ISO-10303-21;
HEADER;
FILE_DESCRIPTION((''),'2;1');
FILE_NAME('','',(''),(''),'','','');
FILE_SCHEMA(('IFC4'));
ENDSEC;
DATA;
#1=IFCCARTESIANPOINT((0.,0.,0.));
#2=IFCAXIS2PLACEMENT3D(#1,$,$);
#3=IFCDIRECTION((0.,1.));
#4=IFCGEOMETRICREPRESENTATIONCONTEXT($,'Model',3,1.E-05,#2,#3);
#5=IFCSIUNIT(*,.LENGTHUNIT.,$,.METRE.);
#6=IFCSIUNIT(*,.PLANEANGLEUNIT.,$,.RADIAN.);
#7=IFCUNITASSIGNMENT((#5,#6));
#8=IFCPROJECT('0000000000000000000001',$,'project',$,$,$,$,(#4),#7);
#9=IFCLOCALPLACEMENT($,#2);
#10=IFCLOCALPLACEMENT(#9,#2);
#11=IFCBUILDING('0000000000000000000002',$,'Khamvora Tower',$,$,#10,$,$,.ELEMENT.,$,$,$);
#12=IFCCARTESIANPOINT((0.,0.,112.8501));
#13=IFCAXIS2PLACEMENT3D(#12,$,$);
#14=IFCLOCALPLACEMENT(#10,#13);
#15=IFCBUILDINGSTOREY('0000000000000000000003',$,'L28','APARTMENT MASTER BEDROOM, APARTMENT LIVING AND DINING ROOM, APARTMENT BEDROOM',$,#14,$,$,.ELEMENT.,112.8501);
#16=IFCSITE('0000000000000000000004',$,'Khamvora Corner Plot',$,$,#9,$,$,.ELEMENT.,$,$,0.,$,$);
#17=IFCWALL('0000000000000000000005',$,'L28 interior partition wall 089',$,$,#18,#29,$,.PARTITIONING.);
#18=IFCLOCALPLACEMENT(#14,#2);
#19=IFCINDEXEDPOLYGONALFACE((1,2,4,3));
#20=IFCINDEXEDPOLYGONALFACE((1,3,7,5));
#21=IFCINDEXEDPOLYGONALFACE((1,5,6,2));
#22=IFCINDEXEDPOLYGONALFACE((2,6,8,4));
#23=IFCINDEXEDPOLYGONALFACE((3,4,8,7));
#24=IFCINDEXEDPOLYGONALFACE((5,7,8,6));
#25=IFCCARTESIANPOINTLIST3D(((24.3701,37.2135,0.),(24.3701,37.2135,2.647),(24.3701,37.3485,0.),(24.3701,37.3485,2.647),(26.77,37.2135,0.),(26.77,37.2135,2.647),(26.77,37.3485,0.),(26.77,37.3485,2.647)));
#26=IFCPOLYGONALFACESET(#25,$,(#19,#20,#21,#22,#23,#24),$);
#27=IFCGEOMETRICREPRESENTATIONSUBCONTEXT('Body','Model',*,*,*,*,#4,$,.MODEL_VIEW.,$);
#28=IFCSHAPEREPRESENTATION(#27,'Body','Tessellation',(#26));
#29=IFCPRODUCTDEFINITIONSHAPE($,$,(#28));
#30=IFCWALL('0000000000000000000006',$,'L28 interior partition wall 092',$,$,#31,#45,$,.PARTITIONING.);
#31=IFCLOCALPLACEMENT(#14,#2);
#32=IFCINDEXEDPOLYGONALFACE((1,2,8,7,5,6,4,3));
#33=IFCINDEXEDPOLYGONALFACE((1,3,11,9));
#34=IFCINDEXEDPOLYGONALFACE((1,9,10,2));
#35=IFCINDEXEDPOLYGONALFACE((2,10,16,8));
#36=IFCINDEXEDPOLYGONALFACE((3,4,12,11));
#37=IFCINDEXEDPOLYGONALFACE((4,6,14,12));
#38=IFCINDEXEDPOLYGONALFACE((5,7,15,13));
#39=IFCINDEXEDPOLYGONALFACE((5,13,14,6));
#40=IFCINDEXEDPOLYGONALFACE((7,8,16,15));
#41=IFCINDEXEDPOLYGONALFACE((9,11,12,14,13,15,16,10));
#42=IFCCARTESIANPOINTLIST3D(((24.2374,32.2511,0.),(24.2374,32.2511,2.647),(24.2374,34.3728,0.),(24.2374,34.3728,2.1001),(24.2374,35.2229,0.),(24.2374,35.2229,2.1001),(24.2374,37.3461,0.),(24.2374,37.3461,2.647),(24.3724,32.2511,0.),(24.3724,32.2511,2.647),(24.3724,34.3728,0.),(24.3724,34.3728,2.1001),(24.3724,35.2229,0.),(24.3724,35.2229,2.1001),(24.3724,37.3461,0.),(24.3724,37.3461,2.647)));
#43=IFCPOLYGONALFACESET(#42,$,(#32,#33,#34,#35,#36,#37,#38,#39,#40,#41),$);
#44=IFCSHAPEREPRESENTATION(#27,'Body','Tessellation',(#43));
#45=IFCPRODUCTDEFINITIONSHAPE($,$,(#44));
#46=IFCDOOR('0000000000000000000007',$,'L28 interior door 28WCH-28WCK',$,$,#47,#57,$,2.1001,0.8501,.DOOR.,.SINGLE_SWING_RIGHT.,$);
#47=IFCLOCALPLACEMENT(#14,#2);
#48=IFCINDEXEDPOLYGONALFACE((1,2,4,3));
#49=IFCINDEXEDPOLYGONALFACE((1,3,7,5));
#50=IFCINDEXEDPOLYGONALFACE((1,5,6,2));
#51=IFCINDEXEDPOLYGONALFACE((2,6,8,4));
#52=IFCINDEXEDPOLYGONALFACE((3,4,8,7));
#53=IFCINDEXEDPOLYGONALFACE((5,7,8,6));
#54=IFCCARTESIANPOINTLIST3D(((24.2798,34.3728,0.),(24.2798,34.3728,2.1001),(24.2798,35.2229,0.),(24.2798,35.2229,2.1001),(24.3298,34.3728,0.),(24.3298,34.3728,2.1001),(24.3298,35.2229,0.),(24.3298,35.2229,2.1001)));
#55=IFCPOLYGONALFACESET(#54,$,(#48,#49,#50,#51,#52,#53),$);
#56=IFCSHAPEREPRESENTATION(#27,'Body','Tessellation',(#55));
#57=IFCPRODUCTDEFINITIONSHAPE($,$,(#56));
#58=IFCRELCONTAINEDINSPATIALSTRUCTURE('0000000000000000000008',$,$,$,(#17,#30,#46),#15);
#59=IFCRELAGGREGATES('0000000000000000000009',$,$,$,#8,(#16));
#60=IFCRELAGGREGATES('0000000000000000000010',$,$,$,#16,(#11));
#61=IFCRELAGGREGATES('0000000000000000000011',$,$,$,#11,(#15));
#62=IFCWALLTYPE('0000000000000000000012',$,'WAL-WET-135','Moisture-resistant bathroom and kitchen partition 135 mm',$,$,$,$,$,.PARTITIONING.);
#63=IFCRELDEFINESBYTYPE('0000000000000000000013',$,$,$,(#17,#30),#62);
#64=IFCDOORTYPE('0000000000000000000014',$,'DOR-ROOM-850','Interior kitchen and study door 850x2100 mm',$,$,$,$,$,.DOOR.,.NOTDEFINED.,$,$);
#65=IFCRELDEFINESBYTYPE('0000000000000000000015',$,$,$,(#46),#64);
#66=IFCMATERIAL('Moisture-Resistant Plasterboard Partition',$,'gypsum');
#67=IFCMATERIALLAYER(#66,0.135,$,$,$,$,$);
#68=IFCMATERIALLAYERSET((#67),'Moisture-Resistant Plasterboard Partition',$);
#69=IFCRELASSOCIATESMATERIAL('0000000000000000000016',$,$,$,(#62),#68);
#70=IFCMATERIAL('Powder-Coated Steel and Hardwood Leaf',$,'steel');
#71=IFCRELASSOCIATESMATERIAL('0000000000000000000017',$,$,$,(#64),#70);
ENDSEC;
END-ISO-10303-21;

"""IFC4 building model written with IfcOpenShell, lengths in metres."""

from ifc_helpers import new_model, si_unit, direction, frame, frame_2d, origin, place, context, subcontext, project, spatial, rectangle, extrude, material, layer, layer_set, type_object, element, fill, save


model = new_model("IFC4")

# Units and contexts
model_context = context("Model", 3, precision=1e-05, world=origin(), true_north=direction((0.0, 1.0)))
body_context = subcontext(model_context, "Body", "Model", "MODEL_VIEW")
ifc_project = project(units=[si_unit("LENGTHUNIT", "METRE"), si_unit("PLANEANGLEUNIT", "RADIAN")], contexts=[model_context])

# Site, building, storey
site_placement = place(None, origin())
site = spatial("IfcSite", under=ifc_project, at=site_placement, Name="Khamvora Corner Plot", CompositionType="ELEMENT", RefElevation=0.0)
building_placement = place(site_placement, origin())
building = spatial("IfcBuilding", under=site, at=building_placement, Name="Khamvora Tower", CompositionType="ELEMENT")
storey_placement = place(building_placement, frame((0.0, 0.0, 112.8501)))
storey = spatial("IfcBuildingStorey", under=building, at=storey_placement, Name="L28", Description="APARTMENT MASTER BEDROOM, APARTMENT LIVING AND DINING ROOM, APARTMENT BEDROOM", CompositionType="ELEMENT", Elevation=112.8501)

# Shared definitions
ifc_material_1 = material(Name="Powder-Coated Steel and Hardwood Leaf", Category="steel")

# Wall
ifc_material_2 = material(Name="Moisture-Resistant Plasterboard Partition", Category="gypsum")
ifc_layer_1 = layer(ifc_material_2, 0.135)
ifc_layer_set_1 = layer_set([ifc_layer_1], Name="Moisture-Resistant Plasterboard Partition")
wall_type_1 = type_object("IfcWallType", Name="WAL-WET-135", Description="Moisture-resistant bathroom and kitchen partition 135 mm", PredefinedType="PARTITIONING", material=ifc_layer_set_1)
wall_1_placement = place(storey_placement, frame((26.77, 37.281, 0.0), z_axis=(0.0, 0.0, 1.0), x_axis=(-1.0, 0.0, 0.0)))
element("IfcWall", 1, at=wall_1_placement, inside=storey, type_object=wall_type_1, Name="L28 interior partition wall 089", PredefinedType="PARTITIONING", context=body_context, shape_type="SweptSolid", body=[
    extrude(rectangle(XDim=2.3999, YDim=0.135, at=frame_2d((1.2, 0.0))), origin(), (0.0, 0.0, 1.0), 2.647),
])

# Wall, opening, door
wall_2_placement = place(storey_placement, frame((24.3049, 37.3459, 0.0), z_axis=(0.0, 0.0, 1.0), x_axis=(0.0, -1.0, 0.0)))
wall_2 = element("IfcWall", 2, at=wall_2_placement, inside=storey, type_object=wall_type_1, Name="L28 interior partition wall 092", PredefinedType="PARTITIONING", context=body_context, shape_type="SweptSolid", body=[
    extrude(rectangle(XDim=5.095, YDim=0.135, at=frame_2d((2.5474, 0.0))), origin(), (0.0, 0.0, 1.0), 2.647),
])
opening_1_placement = place(wall_2_placement, frame((2.123, 0.0, 0.0)))
opening_1 = element("IfcOpeningElement", 3, at=opening_1_placement, cuts=wall_2, PredefinedType="OPENING", context=body_context, shape_type="SweptSolid", body=[
    extrude(rectangle(XDim=0.8501, YDim=2.1001, at=frame_2d((0.425, 1.05))), frame((0.0, 0.0774, 0.0), z_axis=(0.0, -1.0, 0.0), x_axis=(1.0, 0.0, 0.0)), (0.0, 0.0, 1.0), 0.155),
])
door_type_1 = type_object("IfcDoorType", Name="DOR-ROOM-850", Description="Interior kitchen and study door 850x2100 mm", OperationType="NOTDEFINED", PredefinedType="DOOR", material=ifc_material_1)
door_1_placement = place(opening_1_placement, origin())
door_1 = element("IfcDoor", 4, at=door_1_placement, inside=storey, type_object=door_type_1, Name="L28 interior door 28WCH-28WCK", OperationType="SINGLE_SWING_RIGHT", OverallHeight=2.1001, OverallWidth=0.8501, PredefinedType="DOOR", context=body_context, shape_type="SweptSolid", body=[
    extrude(rectangle(XDim=0.8501, YDim=2.1001, at=frame_2d((0.425, 1.05))), frame((0.0, 0.0249, 0.0), z_axis=(0.0, -1.0, 0.0), x_axis=(1.0, 0.0, 0.0)), (0.0, 0.0, 1.0), 0.05),
])
fill(opening_1, door_1)

save(model, "model.ifc")
